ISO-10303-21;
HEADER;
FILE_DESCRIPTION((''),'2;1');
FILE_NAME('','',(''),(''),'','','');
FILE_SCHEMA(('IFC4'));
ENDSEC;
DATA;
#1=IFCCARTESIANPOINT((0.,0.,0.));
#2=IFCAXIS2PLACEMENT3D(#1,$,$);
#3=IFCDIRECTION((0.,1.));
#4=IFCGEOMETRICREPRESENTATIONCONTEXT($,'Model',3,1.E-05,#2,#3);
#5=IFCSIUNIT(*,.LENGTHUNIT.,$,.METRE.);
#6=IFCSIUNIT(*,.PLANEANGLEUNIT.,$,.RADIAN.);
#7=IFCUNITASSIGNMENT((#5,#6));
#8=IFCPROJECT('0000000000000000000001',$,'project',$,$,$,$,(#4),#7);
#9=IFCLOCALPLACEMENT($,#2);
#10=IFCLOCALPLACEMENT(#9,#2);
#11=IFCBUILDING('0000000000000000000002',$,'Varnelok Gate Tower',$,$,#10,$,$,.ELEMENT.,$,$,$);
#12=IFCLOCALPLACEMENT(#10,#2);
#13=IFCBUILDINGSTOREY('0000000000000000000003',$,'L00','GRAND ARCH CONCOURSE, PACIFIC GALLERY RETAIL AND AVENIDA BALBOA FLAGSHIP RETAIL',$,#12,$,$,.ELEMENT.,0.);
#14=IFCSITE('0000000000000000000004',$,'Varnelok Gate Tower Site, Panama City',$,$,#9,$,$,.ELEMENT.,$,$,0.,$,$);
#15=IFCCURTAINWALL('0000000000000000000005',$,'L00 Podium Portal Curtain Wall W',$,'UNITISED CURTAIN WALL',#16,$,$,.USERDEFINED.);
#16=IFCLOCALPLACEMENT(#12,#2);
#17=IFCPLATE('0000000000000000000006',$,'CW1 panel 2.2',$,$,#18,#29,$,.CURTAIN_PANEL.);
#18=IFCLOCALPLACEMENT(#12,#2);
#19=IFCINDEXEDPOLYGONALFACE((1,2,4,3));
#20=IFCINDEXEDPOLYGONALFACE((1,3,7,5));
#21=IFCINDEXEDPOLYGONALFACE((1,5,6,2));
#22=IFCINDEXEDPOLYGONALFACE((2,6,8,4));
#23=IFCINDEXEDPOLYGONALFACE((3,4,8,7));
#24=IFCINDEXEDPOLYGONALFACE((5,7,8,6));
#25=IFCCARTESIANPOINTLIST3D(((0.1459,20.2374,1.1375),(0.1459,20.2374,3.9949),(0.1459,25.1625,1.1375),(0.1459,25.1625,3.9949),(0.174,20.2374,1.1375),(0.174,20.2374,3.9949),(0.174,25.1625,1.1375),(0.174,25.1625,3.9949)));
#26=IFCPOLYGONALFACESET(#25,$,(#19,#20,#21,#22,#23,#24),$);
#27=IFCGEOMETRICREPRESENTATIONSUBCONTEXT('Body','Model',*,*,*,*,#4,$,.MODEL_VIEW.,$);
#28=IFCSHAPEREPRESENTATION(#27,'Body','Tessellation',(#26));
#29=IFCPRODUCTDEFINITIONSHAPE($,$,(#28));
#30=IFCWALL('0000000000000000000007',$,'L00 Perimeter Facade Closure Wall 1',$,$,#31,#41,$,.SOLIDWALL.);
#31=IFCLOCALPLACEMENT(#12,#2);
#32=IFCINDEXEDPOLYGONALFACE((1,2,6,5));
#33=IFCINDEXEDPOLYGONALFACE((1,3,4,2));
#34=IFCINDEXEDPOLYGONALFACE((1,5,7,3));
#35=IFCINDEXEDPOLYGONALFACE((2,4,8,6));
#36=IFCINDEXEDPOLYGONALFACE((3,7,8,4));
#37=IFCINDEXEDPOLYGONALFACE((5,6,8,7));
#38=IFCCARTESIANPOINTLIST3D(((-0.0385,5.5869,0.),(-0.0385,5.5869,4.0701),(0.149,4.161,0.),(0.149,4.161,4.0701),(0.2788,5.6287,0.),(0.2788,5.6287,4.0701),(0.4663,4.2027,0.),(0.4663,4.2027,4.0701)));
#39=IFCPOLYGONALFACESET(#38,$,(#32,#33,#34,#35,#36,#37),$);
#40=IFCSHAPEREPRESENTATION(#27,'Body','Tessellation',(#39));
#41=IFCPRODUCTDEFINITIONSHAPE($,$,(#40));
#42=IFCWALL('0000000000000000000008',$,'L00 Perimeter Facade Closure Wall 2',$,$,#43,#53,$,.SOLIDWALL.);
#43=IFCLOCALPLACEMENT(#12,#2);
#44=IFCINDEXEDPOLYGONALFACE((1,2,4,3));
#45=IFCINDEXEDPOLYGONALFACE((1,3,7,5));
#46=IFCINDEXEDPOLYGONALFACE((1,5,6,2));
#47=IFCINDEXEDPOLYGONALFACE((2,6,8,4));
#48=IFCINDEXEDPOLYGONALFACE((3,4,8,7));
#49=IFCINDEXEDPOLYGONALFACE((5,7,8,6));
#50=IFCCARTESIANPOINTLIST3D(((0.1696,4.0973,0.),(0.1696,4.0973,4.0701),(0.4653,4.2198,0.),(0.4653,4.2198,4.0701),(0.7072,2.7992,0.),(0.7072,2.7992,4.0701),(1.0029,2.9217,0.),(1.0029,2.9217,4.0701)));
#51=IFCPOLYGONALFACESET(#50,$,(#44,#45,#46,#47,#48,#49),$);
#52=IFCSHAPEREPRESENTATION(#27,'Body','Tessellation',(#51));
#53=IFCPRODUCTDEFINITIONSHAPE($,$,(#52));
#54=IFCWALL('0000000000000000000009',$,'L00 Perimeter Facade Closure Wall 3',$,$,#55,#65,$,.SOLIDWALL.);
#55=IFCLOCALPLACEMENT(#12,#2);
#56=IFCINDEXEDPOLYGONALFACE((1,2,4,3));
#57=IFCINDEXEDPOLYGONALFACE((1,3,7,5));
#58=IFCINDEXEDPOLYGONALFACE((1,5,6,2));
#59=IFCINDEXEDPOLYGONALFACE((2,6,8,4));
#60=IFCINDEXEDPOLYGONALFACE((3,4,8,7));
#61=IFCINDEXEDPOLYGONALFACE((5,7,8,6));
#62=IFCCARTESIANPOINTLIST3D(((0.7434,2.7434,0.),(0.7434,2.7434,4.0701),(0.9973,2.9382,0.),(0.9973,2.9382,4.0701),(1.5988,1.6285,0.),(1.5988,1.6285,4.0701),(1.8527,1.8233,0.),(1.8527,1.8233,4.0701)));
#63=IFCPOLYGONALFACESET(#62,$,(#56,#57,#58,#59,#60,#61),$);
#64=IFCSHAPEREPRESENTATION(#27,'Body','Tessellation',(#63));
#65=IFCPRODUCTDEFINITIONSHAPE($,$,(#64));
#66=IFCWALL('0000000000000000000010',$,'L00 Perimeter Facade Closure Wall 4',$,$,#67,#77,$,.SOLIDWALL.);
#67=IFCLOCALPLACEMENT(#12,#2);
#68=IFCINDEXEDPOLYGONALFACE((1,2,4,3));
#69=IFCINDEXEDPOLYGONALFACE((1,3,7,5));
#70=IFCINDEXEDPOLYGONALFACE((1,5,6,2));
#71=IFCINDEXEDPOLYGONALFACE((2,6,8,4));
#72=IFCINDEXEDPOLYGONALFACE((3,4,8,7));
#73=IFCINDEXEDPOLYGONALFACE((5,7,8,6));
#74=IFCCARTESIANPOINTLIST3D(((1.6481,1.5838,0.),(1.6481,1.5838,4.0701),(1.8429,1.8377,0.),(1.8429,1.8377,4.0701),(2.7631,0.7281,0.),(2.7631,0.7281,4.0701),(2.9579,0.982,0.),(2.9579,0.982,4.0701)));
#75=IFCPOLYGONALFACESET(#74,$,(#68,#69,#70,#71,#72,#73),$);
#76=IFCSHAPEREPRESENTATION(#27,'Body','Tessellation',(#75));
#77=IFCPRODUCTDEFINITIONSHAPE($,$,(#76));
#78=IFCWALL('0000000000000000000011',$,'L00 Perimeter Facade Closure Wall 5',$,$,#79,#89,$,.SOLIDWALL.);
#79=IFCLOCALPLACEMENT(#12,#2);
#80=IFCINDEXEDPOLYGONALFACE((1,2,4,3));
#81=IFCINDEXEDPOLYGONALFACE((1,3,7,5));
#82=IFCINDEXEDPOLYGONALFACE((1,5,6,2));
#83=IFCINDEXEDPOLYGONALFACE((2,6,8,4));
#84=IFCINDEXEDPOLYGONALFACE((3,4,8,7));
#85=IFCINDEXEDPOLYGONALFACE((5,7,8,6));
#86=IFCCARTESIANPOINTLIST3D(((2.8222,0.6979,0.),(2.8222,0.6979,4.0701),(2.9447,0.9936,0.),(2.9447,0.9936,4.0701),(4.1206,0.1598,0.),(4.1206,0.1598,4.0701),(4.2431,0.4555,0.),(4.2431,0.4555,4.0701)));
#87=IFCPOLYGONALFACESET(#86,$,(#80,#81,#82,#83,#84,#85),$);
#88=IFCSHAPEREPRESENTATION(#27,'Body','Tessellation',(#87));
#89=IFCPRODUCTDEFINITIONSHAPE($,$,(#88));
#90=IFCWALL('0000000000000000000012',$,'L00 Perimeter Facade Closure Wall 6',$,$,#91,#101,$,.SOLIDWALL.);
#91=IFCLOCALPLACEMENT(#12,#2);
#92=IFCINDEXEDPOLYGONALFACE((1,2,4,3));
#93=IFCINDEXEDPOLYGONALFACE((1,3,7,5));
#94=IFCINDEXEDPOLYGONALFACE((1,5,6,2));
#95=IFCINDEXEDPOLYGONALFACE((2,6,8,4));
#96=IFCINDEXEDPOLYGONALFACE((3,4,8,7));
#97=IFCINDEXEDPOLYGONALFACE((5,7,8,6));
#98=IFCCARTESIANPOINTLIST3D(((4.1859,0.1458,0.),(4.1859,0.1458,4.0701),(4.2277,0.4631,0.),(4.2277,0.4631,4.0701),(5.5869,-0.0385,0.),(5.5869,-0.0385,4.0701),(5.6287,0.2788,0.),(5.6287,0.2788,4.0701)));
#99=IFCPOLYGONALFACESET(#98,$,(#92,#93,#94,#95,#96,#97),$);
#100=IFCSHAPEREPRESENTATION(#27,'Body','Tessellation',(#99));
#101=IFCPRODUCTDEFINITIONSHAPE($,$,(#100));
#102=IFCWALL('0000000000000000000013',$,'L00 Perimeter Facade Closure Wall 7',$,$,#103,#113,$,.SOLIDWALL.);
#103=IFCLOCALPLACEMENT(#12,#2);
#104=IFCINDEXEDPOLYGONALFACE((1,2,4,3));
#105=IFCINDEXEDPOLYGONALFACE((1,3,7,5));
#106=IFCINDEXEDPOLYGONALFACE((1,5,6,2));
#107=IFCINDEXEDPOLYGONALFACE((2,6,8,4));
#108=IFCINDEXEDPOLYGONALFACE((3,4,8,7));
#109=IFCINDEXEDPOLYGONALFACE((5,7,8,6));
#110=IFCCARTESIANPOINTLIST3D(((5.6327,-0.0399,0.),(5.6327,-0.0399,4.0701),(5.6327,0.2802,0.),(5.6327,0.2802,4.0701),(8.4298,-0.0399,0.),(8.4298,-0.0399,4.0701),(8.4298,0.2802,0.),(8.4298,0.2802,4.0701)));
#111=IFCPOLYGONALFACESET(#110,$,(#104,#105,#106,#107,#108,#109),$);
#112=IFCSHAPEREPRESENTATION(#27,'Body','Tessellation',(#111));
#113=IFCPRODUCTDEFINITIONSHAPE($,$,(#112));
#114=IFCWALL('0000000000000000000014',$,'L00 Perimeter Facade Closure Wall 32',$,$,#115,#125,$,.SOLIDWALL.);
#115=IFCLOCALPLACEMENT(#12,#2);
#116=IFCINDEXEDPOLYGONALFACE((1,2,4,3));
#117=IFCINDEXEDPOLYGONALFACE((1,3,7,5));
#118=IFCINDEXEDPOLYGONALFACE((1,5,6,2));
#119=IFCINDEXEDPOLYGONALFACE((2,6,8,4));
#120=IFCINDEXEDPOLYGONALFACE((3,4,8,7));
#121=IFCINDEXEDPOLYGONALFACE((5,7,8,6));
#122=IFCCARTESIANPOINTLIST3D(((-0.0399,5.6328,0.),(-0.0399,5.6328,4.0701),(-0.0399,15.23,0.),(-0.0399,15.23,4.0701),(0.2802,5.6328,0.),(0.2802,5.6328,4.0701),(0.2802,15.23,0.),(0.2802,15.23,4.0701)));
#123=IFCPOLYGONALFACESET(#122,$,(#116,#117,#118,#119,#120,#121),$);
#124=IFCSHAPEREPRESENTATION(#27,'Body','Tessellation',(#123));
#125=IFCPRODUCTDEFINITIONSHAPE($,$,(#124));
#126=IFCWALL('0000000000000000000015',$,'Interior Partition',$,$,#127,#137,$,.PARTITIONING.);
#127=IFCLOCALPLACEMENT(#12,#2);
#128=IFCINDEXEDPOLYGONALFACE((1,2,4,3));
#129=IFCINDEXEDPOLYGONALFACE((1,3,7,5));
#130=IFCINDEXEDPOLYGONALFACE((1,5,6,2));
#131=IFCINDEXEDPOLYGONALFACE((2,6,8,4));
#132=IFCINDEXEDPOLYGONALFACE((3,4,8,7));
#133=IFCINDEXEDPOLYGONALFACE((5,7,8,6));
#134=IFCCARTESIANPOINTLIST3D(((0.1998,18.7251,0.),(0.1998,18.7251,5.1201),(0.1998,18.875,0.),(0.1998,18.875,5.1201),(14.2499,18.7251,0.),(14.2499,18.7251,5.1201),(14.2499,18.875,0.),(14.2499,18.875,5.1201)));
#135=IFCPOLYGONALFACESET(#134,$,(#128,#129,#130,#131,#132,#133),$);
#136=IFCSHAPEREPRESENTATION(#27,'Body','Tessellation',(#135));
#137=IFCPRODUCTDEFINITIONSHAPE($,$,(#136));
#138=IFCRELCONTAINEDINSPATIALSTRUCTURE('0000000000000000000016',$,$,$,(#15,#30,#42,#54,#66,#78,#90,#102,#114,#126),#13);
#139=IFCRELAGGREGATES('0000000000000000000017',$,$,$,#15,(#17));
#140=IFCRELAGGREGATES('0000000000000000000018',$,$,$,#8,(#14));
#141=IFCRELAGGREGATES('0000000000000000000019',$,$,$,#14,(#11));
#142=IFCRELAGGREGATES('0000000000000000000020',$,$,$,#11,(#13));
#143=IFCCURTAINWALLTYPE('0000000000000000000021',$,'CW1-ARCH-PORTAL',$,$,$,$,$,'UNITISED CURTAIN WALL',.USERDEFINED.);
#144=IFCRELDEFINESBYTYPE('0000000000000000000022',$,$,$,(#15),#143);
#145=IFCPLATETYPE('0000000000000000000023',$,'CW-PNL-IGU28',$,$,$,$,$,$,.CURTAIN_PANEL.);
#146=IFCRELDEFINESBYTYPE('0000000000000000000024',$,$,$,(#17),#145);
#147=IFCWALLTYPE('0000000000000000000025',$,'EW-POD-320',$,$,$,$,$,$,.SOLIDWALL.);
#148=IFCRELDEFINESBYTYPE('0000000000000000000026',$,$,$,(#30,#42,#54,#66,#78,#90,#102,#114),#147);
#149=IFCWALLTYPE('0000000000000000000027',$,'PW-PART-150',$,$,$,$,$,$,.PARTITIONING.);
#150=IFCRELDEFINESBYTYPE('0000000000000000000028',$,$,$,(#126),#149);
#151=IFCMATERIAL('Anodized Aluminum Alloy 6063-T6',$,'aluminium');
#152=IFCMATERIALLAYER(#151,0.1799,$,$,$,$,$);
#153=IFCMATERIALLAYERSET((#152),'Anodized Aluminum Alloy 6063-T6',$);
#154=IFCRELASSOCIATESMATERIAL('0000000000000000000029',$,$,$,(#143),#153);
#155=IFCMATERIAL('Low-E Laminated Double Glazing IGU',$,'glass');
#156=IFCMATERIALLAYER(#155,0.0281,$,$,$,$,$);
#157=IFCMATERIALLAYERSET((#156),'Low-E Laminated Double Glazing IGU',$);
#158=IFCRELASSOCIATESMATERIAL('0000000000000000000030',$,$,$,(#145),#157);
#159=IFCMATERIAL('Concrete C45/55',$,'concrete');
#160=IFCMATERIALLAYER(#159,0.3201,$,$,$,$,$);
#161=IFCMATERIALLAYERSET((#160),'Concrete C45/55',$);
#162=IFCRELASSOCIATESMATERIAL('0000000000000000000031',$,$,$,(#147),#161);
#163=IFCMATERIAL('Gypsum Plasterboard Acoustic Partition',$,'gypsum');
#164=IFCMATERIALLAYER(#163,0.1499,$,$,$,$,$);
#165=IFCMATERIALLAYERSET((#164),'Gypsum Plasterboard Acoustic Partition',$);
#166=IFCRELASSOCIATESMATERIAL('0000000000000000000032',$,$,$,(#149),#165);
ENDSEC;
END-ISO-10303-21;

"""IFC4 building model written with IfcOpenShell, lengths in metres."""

from ifc_helpers import new_model, si_unit, direction, frame, frame_2d, origin, origin_2d, place, context, subcontext, project, spatial, rectangle, extrude, source, transform, mapped, material, layer, layer_set, type_object, element, aggregate, save


model = new_model("IFC4")

# Units and contexts
model_context = context("Model", 3, precision=1e-05, world=origin(), true_north=direction((0.0, 1.0)))
body_context = subcontext(model_context, "Body", "Model", "MODEL_VIEW")
ifc_project = project(units=[si_unit("LENGTHUNIT", "METRE"), si_unit("PLANEANGLEUNIT", "RADIAN")], contexts=[model_context])

# Site, building, storey
site_placement = place(None, origin())
site = spatial("IfcSite", under=ifc_project, at=site_placement, Name="Varnelok Gate Tower Site, Panama City", CompositionType="ELEMENT", RefElevation=0.0)
building_placement = place(site_placement, origin())
building = spatial("IfcBuilding", under=site, at=building_placement, Name="Varnelok Gate Tower", CompositionType="ELEMENT")
storey_placement = place(building_placement, origin())
storey = spatial("IfcBuildingStorey", under=building, at=storey_placement, Name="L00", Description="GRAND ARCH CONCOURSE, PACIFIC GALLERY RETAIL AND AVENIDA BALBOA FLAGSHIP RETAIL", CompositionType="ELEMENT", Elevation=0.0)

# Curtain wall
ifc_material_1 = material(Name="Anodized Aluminum Alloy 6063-T6", Category="aluminium")
ifc_layer_1 = layer(ifc_material_1, 0.1799)
ifc_layer_set_1 = layer_set([ifc_layer_1], Name="Anodized Aluminum Alloy 6063-T6")
curtain_wall_type = type_object("IfcCurtainWallType", Name="CW1-ARCH-PORTAL", ElementType="UNITISED CURTAIN WALL", PredefinedType="USERDEFINED", material=ifc_layer_set_1)
curtain_wall_placement = place(storey_placement, origin())
curtain_wall = element("IfcCurtainWall", 1, at=curtain_wall_placement, inside=storey, type_object=curtain_wall_type, Name="L00 Podium Portal Curtain Wall W", ObjectType="UNITISED CURTAIN WALL", PredefinedType="USERDEFINED")

# Shared definitions
ifc_material_2 = material(Name="Concrete C45/55", Category="concrete")

# Plate
ifc_material_3 = material(Name="Low-E Laminated Double Glazing IGU", Category="glass")
ifc_layer_2 = layer(ifc_material_3, 0.0281)
ifc_layer_set_2 = layer_set([ifc_layer_2], Name="Low-E Laminated Double Glazing IGU")
plate_type = type_object("IfcPlateType", Name="CW-PNL-IGU28", PredefinedType="CURTAIN_PANEL", material=ifc_layer_set_2)
shared_shape_1 = source(origin(), body_context, "Body", "SweptSolid", [
    extrude(rectangle(XDim=4.925, YDim=0.0281, at=origin_2d()), origin(), (0.0, 0.0, 1.0), 2.8574),
])
plate_1_placement = place(storey_placement, frame((0.1599, 22.7, 1.1375), z_axis=(0.0, 0.0, 1.0), x_axis=(0.0, 1.0, 0.0)))
plate_1 = element("IfcPlate", 2, at=plate_1_placement, type_object=plate_type, Name="CW1 panel 2.2", PredefinedType="CURTAIN_PANEL", context=body_context, shape_type="MappedRepresentation", body=[
    mapped(shared_shape_1, transform((0.0, 0.0, 0.0), scale=1.0)),
])
aggregate(curtain_wall, [plate_1])

# Walls
ifc_layer_3 = layer(ifc_material_2, 0.3201)
ifc_layer_set_3 = layer_set([ifc_layer_3], Name="Concrete C45/55")
wall_type_1 = type_object("IfcWallType", Name="EW-POD-320", PredefinedType="SOLIDWALL", material=ifc_layer_set_3)
wall_1_placement = place(storey_placement, frame((0.1201, 5.6079, 0.0), z_axis=(0.0, 0.0, 1.0), x_axis=(0.130362, -0.991466, 0.0)))
element("IfcWall", 3, at=wall_1_placement, inside=storey, type_object=wall_type_1, Name="L00 Perimeter Facade Closure Wall 1", PredefinedType="SOLIDWALL", context=body_context, shape_type="SweptSolid", body=[
    extrude(rectangle(XDim=1.4382, YDim=0.3201, at=frame_2d((0.7192, 0.0))), origin(), (0.0, 0.0, 1.0), 4.0701),
])
wall_2_placement = place(storey_placement, frame((0.3174, 4.1587, 0.0), z_axis=(0.0, 0.0, 1.0), x_axis=(0.382628, -0.923902, 0.0)))
element("IfcWall", 4, at=wall_2_placement, inside=storey, type_object=wall_type_1, Name="L00 Perimeter Facade Closure Wall 2", PredefinedType="SOLIDWALL", context=body_context, shape_type="SweptSolid", body=[
    extrude(rectangle(XDim=1.405, YDim=0.3201, at=frame_2d((0.7026, 0.0))), origin(), (0.0, 0.0, 1.0), 4.0701),
])
wall_3_placement = place(storey_placement, frame((0.8704, 2.8408, 0.0), z_axis=(0.0, 0.0, 1.0), x_axis=(0.60872, -0.793385, 0.0)))
element("IfcWall", 5, at=wall_3_placement, inside=storey, type_object=wall_type_1, Name="L00 Perimeter Facade Closure Wall 3", PredefinedType="SOLIDWALL", context=body_context, shape_type="SweptSolid", body=[
    extrude(rectangle(XDim=1.4053, YDim=0.3201, at=frame_2d((0.7026, 0.0))), origin(), (0.0, 0.0, 1.0), 4.0701),
])
for number, where, z_axis, x_axis, name in (
    (6, (1.7456, 1.7107, 0.0), (0.0, 0.0, 1.0), (0.793302, -0.608829, 0.0), "L00 Perimeter Facade Closure Wall 4"),
    (7, (2.8835, 0.8457, 0.0), (0.0, 0.0, 1.0), (0.923805, -0.382863, 0.0), "L00 Perimeter Facade Closure Wall 5"),
):
    element("IfcWall", number, at=place(storey_placement, frame(where, z_axis=z_axis, x_axis=x_axis)), inside=storey, type_object=wall_type_1, Name=name, PredefinedType="SOLIDWALL", context=body_context, shape_type="SweptSolid", body=[
        extrude(rectangle(XDim=1.4055, YDim=0.3201, at=frame_2d((0.7026, 0.0))), origin(), (0.0, 0.0, 1.0), 4.0701),
    ])
wall_4_placement = place(storey_placement, frame((4.2068, 0.3044, 0.0), z_axis=(0.0, 0.0, 1.0), x_axis=(0.991457, -0.130432, 0.0)))
element("IfcWall", 8, at=wall_4_placement, inside=storey, type_object=wall_type_1, Name="L00 Perimeter Facade Closure Wall 6", PredefinedType="SOLIDWALL", context=body_context, shape_type="SweptSolid", body=[
    extrude(rectangle(XDim=1.4131, YDim=0.3201, at=frame_2d((0.7065, 0.0))), origin(), (0.0, 0.0, 1.0), 4.0701),
])
wall_5_placement = place(storey_placement, frame((5.6328, 0.1201, 0.0), z_axis=(0.0, 0.0, 1.0), x_axis=(1.0, 0.0, 0.0)))
element("IfcWall", 9, at=wall_5_placement, inside=storey, type_object=wall_type_1, Name="L00 Perimeter Facade Closure Wall 7", PredefinedType="SOLIDWALL", context=body_context, shape_type="SweptSolid", body=[
    extrude(rectangle(XDim=2.7971, YDim=0.3201, at=frame_2d((1.3984, 0.0))), origin(), (0.0, 0.0, 1.0), 4.0701),
])
wall_6_placement = place(storey_placement, frame((0.1201, 15.23, 0.0), z_axis=(0.0, 0.0, 1.0), x_axis=(0.0, -1.0, 0.0)))
element("IfcWall", 10, at=wall_6_placement, inside=storey, type_object=wall_type_1, Name="L00 Perimeter Facade Closure Wall 32", PredefinedType="SOLIDWALL", context=body_context, shape_type="SweptSolid", body=[
    extrude(rectangle(XDim=9.5972, YDim=0.3201, at=frame_2d((4.7986, 0.0))), origin(), (0.0, 0.0, 1.0), 4.0701),
])
ifc_material_4 = material(Name="Gypsum Plasterboard Acoustic Partition", Category="gypsum")
ifc_layer_4 = layer(ifc_material_4, 0.1499)
ifc_layer_set_4 = layer_set([ifc_layer_4], Name="Gypsum Plasterboard Acoustic Partition")
wall_type_2 = type_object("IfcWallType", Name="PW-PART-150", PredefinedType="PARTITIONING", material=ifc_layer_set_4)
wall_7_placement = place(storey_placement, frame((0.2, 18.8, 0.0), z_axis=(0.0, 0.0, 1.0), x_axis=(1.0, 0.0, 0.0)))
element("IfcWall", 11, at=wall_7_placement, inside=storey, type_object=wall_type_2, Name="Interior Partition", PredefinedType="PARTITIONING", context=body_context, shape_type="SweptSolid", body=[
    extrude(rectangle(XDim=14.05, YDim=0.1499, at=frame_2d((7.0249, 0.0))), origin(), (0.0, 0.0, 1.0), 5.1201),
])

save(model, "model.ifc")
